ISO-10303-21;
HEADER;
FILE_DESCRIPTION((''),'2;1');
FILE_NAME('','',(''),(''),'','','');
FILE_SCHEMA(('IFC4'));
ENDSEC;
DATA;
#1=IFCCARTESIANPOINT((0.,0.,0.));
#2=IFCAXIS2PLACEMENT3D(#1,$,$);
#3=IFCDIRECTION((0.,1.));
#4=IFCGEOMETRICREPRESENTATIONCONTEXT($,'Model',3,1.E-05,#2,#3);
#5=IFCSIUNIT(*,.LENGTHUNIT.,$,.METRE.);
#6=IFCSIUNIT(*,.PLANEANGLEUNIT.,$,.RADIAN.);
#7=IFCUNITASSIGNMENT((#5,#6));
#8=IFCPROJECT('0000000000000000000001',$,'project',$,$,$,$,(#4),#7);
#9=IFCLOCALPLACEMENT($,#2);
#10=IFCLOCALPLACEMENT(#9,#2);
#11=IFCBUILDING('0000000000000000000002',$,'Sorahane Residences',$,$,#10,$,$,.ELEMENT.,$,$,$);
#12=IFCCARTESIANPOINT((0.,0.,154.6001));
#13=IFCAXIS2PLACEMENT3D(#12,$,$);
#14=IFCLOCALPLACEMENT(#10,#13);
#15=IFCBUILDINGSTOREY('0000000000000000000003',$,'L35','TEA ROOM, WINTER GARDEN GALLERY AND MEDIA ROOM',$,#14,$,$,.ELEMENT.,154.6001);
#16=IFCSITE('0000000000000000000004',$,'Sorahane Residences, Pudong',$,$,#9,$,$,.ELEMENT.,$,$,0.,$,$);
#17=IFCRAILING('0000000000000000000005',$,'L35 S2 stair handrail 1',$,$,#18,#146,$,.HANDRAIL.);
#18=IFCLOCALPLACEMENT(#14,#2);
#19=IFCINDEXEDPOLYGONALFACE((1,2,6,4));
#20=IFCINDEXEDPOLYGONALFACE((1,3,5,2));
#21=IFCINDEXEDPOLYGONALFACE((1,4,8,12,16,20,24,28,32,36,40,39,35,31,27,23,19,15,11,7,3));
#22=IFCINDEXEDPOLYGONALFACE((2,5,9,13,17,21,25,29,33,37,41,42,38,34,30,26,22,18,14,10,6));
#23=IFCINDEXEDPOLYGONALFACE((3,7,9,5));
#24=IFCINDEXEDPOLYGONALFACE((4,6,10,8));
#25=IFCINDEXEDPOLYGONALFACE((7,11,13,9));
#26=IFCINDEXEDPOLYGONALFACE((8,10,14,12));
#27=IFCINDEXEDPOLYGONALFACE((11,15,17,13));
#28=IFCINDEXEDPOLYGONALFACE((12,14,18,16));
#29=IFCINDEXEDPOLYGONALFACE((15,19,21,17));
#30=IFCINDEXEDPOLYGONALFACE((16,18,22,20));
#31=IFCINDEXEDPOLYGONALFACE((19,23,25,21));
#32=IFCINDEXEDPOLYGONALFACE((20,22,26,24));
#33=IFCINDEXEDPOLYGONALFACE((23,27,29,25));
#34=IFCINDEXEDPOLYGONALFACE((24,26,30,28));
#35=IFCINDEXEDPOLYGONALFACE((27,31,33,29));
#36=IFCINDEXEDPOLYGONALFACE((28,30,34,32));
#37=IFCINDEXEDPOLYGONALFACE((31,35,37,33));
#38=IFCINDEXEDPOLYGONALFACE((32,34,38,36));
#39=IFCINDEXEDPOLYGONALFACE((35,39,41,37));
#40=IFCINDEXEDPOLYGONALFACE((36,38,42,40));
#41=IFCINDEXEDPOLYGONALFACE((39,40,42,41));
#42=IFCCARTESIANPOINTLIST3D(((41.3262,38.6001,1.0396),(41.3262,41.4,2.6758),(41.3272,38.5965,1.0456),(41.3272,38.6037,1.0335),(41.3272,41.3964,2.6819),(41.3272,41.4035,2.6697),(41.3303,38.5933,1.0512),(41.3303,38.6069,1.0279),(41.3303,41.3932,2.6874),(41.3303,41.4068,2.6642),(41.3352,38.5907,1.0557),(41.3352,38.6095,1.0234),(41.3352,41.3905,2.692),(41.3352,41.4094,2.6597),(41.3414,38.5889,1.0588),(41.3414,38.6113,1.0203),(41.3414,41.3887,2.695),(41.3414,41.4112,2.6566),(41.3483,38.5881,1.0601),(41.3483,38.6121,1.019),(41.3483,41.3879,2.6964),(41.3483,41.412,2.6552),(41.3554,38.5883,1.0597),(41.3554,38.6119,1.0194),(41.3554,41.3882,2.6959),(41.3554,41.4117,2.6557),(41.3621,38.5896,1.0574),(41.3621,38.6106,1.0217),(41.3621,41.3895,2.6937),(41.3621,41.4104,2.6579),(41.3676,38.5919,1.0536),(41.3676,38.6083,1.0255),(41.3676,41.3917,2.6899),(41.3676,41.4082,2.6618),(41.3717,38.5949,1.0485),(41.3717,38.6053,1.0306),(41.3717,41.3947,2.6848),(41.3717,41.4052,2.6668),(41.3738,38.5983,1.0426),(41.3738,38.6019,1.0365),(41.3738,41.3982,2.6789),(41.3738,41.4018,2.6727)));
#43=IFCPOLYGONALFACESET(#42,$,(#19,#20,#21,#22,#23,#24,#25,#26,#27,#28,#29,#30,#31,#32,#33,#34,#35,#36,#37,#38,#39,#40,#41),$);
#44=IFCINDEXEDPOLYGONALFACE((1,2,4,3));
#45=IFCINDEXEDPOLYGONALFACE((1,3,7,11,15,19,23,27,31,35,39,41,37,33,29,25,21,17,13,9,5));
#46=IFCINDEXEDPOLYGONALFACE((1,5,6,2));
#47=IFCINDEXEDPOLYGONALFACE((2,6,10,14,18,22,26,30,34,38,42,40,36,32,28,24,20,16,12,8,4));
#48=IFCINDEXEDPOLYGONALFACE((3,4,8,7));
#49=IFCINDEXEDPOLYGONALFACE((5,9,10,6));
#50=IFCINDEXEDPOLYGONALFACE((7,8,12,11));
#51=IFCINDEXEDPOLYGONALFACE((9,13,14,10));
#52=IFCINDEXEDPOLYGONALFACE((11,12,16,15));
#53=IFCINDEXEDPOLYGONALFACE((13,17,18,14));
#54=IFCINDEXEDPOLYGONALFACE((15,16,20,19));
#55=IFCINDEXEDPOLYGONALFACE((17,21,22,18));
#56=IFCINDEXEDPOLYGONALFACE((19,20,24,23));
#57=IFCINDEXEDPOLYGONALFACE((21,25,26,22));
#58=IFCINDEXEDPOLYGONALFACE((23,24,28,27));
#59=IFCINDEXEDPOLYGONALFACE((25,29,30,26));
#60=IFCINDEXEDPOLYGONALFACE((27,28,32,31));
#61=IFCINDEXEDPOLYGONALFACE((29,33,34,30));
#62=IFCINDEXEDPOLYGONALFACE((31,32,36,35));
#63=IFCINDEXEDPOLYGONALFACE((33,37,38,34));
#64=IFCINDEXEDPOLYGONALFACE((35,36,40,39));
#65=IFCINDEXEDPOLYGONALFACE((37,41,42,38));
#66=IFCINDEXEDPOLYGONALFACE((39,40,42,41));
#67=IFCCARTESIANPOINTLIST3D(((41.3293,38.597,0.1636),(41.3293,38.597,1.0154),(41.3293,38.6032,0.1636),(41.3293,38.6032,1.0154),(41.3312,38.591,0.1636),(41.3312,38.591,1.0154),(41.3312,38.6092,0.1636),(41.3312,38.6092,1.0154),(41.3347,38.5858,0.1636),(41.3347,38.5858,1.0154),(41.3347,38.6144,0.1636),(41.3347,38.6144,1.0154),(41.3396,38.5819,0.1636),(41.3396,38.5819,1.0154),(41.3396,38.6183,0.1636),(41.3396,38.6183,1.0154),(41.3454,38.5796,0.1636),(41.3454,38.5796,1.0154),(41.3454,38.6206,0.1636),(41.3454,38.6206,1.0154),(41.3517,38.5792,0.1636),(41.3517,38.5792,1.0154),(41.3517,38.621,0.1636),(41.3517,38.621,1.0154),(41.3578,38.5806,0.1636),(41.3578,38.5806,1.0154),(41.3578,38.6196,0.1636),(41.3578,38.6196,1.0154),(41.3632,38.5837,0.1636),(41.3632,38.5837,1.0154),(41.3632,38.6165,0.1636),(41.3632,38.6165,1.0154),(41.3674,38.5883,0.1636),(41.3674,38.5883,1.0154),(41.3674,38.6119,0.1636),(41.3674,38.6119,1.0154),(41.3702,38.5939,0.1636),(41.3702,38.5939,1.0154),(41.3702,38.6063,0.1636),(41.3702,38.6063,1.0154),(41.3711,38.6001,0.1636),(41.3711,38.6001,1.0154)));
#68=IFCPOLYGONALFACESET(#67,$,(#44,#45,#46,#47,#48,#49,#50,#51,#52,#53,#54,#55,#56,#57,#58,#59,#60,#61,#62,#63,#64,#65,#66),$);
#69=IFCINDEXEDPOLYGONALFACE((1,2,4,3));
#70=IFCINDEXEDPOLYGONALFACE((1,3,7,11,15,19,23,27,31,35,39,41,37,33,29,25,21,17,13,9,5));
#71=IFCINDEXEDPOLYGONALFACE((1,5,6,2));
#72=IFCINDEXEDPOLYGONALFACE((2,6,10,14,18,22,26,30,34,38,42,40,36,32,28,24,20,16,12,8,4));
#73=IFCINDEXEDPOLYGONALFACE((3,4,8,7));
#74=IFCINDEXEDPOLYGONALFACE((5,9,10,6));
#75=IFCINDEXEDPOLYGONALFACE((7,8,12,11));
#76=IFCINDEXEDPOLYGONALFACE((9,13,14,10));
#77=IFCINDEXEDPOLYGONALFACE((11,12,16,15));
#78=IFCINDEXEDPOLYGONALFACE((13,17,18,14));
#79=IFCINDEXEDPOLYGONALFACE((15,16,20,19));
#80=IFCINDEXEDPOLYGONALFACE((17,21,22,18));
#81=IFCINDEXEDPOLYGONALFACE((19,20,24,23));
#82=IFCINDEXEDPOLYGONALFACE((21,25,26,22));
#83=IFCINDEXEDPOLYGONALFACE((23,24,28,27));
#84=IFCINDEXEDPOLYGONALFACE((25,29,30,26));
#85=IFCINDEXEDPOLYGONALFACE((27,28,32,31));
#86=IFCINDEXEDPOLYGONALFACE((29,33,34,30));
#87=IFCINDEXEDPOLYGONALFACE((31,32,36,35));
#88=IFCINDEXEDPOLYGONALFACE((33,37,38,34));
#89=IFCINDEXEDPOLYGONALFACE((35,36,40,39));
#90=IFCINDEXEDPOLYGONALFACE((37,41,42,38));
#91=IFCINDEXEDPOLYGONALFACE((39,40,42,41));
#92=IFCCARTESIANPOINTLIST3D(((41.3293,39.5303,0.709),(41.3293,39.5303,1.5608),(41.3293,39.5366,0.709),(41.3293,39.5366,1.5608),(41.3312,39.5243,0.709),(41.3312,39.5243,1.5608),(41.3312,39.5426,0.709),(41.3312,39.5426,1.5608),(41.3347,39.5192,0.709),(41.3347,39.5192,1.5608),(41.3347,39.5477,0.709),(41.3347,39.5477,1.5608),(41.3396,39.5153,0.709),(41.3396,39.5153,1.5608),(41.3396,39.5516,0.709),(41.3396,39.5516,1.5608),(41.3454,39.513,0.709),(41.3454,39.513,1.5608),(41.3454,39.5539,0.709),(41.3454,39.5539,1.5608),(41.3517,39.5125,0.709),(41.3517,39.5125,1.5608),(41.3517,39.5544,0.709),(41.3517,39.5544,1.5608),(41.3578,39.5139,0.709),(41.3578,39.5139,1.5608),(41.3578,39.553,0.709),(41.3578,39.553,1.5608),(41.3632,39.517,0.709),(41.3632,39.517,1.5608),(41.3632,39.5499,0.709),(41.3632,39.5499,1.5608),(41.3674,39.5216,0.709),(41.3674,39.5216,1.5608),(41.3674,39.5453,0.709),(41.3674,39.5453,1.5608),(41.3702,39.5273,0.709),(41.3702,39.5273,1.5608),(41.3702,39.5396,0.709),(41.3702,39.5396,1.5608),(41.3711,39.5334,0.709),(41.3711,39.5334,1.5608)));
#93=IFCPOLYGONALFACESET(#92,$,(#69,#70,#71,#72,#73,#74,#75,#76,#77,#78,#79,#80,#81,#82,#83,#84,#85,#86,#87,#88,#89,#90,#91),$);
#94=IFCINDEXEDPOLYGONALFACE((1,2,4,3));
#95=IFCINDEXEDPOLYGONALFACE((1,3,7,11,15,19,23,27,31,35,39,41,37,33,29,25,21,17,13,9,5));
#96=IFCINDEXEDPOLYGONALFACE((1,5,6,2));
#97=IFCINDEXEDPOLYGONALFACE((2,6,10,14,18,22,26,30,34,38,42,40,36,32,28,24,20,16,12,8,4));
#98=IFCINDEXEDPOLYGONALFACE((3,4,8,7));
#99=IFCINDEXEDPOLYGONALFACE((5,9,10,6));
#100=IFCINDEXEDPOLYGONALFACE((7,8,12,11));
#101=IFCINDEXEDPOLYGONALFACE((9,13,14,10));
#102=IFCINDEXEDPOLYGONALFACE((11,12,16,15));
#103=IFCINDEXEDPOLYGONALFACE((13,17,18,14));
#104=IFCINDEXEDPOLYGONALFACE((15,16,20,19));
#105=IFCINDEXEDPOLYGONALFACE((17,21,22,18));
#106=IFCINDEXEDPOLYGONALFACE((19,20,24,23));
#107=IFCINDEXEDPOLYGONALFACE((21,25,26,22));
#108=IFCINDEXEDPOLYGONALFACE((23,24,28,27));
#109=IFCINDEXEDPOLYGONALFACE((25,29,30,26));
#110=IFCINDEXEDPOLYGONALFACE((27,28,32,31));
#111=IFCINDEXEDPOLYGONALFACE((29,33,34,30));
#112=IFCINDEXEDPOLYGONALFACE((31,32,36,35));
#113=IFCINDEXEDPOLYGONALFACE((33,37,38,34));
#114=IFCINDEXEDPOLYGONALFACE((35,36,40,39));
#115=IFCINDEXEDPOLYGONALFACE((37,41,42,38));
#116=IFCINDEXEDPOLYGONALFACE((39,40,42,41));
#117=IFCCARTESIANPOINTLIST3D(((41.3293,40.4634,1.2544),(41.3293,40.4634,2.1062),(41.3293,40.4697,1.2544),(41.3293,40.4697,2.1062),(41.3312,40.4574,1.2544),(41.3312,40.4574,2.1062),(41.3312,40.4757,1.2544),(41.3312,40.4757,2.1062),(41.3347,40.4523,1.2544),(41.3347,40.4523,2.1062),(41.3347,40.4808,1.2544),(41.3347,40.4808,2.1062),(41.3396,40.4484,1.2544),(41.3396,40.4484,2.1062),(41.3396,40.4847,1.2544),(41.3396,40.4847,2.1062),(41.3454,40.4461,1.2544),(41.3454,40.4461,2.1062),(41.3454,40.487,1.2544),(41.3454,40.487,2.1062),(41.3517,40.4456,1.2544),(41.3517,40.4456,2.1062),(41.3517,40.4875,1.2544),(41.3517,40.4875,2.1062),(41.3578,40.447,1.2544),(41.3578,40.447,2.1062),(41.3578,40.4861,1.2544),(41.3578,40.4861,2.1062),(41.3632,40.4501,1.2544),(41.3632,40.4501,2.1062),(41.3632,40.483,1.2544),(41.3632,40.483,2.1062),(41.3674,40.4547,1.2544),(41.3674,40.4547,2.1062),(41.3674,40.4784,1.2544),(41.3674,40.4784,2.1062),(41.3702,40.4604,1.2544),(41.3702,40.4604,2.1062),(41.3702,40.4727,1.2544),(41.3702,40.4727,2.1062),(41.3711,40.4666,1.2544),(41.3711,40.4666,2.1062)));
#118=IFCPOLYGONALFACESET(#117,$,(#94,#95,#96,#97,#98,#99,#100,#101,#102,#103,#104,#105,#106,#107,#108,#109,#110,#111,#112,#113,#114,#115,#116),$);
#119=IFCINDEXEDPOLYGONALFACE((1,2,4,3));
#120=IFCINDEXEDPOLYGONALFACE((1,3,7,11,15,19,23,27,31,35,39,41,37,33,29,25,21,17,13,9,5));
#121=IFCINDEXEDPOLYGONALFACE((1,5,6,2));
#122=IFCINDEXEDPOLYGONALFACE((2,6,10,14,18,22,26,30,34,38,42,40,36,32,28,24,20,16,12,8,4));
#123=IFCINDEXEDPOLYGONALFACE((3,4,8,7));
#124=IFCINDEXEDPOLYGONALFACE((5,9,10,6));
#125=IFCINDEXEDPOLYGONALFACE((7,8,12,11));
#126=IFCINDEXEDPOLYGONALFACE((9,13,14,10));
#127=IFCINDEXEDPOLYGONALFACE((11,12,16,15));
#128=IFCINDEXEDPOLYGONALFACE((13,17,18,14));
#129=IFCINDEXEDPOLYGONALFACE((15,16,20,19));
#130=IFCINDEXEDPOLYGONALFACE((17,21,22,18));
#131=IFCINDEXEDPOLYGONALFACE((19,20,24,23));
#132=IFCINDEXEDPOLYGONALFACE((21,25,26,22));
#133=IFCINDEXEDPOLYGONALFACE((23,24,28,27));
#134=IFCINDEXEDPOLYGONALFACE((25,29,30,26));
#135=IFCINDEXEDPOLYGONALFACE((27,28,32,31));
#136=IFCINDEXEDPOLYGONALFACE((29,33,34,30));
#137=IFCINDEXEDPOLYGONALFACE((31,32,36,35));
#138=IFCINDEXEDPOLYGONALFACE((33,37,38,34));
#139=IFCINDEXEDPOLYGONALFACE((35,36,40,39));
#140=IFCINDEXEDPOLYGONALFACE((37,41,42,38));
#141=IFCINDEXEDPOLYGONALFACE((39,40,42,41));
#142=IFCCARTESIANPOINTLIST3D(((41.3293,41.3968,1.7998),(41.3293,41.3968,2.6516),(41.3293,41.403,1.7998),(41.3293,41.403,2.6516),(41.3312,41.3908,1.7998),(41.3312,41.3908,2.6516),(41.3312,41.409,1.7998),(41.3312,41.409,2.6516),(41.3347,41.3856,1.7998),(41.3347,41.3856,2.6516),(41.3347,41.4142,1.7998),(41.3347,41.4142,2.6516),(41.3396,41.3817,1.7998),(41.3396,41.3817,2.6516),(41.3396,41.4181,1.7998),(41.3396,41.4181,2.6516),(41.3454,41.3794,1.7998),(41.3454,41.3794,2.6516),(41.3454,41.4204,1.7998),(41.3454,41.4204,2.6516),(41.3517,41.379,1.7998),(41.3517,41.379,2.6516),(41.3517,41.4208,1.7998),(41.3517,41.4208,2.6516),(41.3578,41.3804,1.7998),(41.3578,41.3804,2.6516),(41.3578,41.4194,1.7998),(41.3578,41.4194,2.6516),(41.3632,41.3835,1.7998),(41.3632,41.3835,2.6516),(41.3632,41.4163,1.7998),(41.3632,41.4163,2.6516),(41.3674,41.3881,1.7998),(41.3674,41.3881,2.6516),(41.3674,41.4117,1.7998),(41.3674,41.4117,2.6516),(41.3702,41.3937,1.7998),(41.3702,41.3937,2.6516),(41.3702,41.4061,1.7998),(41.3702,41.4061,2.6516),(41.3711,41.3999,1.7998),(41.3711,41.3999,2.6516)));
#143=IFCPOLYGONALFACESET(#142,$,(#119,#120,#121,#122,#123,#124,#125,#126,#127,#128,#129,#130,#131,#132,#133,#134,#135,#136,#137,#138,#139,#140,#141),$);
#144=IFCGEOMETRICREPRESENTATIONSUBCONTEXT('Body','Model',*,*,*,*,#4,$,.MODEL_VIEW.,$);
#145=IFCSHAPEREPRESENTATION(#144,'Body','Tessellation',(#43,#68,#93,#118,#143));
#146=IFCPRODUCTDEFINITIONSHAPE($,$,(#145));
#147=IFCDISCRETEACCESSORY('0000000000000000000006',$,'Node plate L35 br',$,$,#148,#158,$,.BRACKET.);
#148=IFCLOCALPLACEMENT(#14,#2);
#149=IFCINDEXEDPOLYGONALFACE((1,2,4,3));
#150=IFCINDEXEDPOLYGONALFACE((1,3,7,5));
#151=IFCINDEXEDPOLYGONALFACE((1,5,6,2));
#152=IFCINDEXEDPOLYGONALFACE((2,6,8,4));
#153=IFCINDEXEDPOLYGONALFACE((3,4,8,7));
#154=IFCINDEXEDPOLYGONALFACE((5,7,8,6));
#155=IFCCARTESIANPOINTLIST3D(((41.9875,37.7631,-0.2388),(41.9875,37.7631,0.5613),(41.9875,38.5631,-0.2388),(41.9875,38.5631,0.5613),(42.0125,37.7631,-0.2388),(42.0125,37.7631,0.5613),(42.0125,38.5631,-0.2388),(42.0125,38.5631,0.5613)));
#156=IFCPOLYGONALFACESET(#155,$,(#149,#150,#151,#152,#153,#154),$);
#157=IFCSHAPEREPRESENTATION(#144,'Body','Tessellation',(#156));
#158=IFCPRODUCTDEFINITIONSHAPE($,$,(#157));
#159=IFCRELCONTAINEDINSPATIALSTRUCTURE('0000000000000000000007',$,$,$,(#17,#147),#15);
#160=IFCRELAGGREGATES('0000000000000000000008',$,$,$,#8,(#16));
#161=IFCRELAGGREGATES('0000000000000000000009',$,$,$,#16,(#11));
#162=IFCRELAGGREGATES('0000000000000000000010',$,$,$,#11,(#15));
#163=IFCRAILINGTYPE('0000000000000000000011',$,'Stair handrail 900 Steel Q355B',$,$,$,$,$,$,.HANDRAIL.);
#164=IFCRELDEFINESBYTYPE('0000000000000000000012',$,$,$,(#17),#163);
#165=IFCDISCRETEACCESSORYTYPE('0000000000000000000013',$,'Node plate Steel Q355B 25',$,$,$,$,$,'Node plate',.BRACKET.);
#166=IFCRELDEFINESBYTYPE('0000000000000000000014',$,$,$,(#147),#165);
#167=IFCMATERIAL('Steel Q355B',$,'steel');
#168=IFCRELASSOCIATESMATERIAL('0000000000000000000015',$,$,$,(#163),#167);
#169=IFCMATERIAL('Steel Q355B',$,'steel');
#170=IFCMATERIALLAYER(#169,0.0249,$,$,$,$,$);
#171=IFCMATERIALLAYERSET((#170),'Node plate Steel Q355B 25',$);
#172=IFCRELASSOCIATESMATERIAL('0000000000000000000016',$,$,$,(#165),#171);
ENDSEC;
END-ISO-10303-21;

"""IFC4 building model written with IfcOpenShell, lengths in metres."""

from ifc_helpers import new_model, si_unit, direction, frame, origin, origin_2d, place, context, subcontext, project, spatial, rectangle, circle, extrude, material, layer, layer_set, type_object, element, save


model = new_model("IFC4")

# Units and contexts
model_context = context("Model", 3, precision=1e-05, world=origin(), true_north=direction((0.0, 1.0)))
body_context = subcontext(model_context, "Body", "Model", "MODEL_VIEW")
ifc_project = project(units=[si_unit("LENGTHUNIT", "METRE"), si_unit("PLANEANGLEUNIT", "RADIAN")], contexts=[model_context])

# Site, building, storey
site_placement = place(None, origin())
site = spatial("IfcSite", under=ifc_project, at=site_placement, Name="Sorahane Residences, Pudong", CompositionType="ELEMENT", RefElevation=0.0)
building_placement = place(site_placement, origin())
building = spatial("IfcBuilding", under=site, at=building_placement, Name="Sorahane Residences", CompositionType="ELEMENT")
storey_placement = place(building_placement, frame((0.0, 0.0, 154.6001)))
storey = spatial("IfcBuildingStorey", under=building, at=storey_placement, Name="L35", Description="TEA ROOM, WINTER GARDEN GALLERY AND MEDIA ROOM", CompositionType="ELEMENT", Elevation=154.6001)

# Railing
ifc_material_1 = material(Name="Steel Q355B", Category="steel")
railing_type_1 = type_object("IfcRailingType", Name="Stair handrail 900 Steel Q355B", PredefinedType="HANDRAIL", material=ifc_material_1)
railing_1_placement = place(storey_placement, frame((41.3501, 38.6001, 0.1636)))
element("IfcRailing", 1, at=railing_1_placement, inside=storey, type_object=railing_type_1, Name="L35 S2 stair handrail 1", PredefinedType="HANDRAIL", context=body_context, shape_type="SweptSolid", body=[
    extrude(circle(Radius=0.0239, at=origin_2d()), frame((0.0, 0.0, 0.876), z_axis=(0.0, 0.863374, 0.504564), x_axis=(-1.0, 0.0, 0.0)), (0.0, 0.0, 1.0), 3.2429),
    extrude(circle(Radius=0.021, at=origin_2d()), origin(), (0.0, 0.0, 1.0), 0.8518),
    extrude(circle(Radius=0.021, at=origin_2d()), frame((0.0, 0.9333, 0.5454)), (0.0, 0.0, 1.0), 0.8518),
    extrude(circle(Radius=0.021, at=origin_2d()), frame((0.0, 1.8665, 1.0908)), (0.0, 0.0, 1.0), 0.8518),
    extrude(circle(Radius=0.021, at=origin_2d()), frame((0.0, 2.7998, 1.6362)), (0.0, 0.0, 1.0), 0.8518),
])

# Discrete accessory
ifc_material_2 = material(Name="Steel Q355B", Category="steel")
ifc_layer_1 = layer(ifc_material_2, 0.0249)
ifc_layer_set_1 = layer_set([ifc_layer_1], Name="Node plate Steel Q355B 25")
discrete_accessory_type = type_object("IfcDiscreteAccessoryType", Name="Node plate Steel Q355B 25", ElementType="Node plate", PredefinedType="BRACKET", material=ifc_layer_set_1)
discrete_accessory_placement = place(storey_placement, frame((42.0, 38.1631, -0.2388), z_axis=(0.0, 0.0, 1.0), x_axis=(0.0, 1.0, 0.0)))
element("IfcDiscreteAccessory", 2, at=discrete_accessory_placement, inside=storey, type_object=discrete_accessory_type, Name="Node plate L35 br", PredefinedType="BRACKET", context=body_context, shape_type="SweptSolid", body=[
    extrude(rectangle(XDim=0.8, YDim=0.0249, at=origin_2d()), origin(), (0.0, 0.0, 1.0), 0.8),
])

save(model, "model.ifc")
